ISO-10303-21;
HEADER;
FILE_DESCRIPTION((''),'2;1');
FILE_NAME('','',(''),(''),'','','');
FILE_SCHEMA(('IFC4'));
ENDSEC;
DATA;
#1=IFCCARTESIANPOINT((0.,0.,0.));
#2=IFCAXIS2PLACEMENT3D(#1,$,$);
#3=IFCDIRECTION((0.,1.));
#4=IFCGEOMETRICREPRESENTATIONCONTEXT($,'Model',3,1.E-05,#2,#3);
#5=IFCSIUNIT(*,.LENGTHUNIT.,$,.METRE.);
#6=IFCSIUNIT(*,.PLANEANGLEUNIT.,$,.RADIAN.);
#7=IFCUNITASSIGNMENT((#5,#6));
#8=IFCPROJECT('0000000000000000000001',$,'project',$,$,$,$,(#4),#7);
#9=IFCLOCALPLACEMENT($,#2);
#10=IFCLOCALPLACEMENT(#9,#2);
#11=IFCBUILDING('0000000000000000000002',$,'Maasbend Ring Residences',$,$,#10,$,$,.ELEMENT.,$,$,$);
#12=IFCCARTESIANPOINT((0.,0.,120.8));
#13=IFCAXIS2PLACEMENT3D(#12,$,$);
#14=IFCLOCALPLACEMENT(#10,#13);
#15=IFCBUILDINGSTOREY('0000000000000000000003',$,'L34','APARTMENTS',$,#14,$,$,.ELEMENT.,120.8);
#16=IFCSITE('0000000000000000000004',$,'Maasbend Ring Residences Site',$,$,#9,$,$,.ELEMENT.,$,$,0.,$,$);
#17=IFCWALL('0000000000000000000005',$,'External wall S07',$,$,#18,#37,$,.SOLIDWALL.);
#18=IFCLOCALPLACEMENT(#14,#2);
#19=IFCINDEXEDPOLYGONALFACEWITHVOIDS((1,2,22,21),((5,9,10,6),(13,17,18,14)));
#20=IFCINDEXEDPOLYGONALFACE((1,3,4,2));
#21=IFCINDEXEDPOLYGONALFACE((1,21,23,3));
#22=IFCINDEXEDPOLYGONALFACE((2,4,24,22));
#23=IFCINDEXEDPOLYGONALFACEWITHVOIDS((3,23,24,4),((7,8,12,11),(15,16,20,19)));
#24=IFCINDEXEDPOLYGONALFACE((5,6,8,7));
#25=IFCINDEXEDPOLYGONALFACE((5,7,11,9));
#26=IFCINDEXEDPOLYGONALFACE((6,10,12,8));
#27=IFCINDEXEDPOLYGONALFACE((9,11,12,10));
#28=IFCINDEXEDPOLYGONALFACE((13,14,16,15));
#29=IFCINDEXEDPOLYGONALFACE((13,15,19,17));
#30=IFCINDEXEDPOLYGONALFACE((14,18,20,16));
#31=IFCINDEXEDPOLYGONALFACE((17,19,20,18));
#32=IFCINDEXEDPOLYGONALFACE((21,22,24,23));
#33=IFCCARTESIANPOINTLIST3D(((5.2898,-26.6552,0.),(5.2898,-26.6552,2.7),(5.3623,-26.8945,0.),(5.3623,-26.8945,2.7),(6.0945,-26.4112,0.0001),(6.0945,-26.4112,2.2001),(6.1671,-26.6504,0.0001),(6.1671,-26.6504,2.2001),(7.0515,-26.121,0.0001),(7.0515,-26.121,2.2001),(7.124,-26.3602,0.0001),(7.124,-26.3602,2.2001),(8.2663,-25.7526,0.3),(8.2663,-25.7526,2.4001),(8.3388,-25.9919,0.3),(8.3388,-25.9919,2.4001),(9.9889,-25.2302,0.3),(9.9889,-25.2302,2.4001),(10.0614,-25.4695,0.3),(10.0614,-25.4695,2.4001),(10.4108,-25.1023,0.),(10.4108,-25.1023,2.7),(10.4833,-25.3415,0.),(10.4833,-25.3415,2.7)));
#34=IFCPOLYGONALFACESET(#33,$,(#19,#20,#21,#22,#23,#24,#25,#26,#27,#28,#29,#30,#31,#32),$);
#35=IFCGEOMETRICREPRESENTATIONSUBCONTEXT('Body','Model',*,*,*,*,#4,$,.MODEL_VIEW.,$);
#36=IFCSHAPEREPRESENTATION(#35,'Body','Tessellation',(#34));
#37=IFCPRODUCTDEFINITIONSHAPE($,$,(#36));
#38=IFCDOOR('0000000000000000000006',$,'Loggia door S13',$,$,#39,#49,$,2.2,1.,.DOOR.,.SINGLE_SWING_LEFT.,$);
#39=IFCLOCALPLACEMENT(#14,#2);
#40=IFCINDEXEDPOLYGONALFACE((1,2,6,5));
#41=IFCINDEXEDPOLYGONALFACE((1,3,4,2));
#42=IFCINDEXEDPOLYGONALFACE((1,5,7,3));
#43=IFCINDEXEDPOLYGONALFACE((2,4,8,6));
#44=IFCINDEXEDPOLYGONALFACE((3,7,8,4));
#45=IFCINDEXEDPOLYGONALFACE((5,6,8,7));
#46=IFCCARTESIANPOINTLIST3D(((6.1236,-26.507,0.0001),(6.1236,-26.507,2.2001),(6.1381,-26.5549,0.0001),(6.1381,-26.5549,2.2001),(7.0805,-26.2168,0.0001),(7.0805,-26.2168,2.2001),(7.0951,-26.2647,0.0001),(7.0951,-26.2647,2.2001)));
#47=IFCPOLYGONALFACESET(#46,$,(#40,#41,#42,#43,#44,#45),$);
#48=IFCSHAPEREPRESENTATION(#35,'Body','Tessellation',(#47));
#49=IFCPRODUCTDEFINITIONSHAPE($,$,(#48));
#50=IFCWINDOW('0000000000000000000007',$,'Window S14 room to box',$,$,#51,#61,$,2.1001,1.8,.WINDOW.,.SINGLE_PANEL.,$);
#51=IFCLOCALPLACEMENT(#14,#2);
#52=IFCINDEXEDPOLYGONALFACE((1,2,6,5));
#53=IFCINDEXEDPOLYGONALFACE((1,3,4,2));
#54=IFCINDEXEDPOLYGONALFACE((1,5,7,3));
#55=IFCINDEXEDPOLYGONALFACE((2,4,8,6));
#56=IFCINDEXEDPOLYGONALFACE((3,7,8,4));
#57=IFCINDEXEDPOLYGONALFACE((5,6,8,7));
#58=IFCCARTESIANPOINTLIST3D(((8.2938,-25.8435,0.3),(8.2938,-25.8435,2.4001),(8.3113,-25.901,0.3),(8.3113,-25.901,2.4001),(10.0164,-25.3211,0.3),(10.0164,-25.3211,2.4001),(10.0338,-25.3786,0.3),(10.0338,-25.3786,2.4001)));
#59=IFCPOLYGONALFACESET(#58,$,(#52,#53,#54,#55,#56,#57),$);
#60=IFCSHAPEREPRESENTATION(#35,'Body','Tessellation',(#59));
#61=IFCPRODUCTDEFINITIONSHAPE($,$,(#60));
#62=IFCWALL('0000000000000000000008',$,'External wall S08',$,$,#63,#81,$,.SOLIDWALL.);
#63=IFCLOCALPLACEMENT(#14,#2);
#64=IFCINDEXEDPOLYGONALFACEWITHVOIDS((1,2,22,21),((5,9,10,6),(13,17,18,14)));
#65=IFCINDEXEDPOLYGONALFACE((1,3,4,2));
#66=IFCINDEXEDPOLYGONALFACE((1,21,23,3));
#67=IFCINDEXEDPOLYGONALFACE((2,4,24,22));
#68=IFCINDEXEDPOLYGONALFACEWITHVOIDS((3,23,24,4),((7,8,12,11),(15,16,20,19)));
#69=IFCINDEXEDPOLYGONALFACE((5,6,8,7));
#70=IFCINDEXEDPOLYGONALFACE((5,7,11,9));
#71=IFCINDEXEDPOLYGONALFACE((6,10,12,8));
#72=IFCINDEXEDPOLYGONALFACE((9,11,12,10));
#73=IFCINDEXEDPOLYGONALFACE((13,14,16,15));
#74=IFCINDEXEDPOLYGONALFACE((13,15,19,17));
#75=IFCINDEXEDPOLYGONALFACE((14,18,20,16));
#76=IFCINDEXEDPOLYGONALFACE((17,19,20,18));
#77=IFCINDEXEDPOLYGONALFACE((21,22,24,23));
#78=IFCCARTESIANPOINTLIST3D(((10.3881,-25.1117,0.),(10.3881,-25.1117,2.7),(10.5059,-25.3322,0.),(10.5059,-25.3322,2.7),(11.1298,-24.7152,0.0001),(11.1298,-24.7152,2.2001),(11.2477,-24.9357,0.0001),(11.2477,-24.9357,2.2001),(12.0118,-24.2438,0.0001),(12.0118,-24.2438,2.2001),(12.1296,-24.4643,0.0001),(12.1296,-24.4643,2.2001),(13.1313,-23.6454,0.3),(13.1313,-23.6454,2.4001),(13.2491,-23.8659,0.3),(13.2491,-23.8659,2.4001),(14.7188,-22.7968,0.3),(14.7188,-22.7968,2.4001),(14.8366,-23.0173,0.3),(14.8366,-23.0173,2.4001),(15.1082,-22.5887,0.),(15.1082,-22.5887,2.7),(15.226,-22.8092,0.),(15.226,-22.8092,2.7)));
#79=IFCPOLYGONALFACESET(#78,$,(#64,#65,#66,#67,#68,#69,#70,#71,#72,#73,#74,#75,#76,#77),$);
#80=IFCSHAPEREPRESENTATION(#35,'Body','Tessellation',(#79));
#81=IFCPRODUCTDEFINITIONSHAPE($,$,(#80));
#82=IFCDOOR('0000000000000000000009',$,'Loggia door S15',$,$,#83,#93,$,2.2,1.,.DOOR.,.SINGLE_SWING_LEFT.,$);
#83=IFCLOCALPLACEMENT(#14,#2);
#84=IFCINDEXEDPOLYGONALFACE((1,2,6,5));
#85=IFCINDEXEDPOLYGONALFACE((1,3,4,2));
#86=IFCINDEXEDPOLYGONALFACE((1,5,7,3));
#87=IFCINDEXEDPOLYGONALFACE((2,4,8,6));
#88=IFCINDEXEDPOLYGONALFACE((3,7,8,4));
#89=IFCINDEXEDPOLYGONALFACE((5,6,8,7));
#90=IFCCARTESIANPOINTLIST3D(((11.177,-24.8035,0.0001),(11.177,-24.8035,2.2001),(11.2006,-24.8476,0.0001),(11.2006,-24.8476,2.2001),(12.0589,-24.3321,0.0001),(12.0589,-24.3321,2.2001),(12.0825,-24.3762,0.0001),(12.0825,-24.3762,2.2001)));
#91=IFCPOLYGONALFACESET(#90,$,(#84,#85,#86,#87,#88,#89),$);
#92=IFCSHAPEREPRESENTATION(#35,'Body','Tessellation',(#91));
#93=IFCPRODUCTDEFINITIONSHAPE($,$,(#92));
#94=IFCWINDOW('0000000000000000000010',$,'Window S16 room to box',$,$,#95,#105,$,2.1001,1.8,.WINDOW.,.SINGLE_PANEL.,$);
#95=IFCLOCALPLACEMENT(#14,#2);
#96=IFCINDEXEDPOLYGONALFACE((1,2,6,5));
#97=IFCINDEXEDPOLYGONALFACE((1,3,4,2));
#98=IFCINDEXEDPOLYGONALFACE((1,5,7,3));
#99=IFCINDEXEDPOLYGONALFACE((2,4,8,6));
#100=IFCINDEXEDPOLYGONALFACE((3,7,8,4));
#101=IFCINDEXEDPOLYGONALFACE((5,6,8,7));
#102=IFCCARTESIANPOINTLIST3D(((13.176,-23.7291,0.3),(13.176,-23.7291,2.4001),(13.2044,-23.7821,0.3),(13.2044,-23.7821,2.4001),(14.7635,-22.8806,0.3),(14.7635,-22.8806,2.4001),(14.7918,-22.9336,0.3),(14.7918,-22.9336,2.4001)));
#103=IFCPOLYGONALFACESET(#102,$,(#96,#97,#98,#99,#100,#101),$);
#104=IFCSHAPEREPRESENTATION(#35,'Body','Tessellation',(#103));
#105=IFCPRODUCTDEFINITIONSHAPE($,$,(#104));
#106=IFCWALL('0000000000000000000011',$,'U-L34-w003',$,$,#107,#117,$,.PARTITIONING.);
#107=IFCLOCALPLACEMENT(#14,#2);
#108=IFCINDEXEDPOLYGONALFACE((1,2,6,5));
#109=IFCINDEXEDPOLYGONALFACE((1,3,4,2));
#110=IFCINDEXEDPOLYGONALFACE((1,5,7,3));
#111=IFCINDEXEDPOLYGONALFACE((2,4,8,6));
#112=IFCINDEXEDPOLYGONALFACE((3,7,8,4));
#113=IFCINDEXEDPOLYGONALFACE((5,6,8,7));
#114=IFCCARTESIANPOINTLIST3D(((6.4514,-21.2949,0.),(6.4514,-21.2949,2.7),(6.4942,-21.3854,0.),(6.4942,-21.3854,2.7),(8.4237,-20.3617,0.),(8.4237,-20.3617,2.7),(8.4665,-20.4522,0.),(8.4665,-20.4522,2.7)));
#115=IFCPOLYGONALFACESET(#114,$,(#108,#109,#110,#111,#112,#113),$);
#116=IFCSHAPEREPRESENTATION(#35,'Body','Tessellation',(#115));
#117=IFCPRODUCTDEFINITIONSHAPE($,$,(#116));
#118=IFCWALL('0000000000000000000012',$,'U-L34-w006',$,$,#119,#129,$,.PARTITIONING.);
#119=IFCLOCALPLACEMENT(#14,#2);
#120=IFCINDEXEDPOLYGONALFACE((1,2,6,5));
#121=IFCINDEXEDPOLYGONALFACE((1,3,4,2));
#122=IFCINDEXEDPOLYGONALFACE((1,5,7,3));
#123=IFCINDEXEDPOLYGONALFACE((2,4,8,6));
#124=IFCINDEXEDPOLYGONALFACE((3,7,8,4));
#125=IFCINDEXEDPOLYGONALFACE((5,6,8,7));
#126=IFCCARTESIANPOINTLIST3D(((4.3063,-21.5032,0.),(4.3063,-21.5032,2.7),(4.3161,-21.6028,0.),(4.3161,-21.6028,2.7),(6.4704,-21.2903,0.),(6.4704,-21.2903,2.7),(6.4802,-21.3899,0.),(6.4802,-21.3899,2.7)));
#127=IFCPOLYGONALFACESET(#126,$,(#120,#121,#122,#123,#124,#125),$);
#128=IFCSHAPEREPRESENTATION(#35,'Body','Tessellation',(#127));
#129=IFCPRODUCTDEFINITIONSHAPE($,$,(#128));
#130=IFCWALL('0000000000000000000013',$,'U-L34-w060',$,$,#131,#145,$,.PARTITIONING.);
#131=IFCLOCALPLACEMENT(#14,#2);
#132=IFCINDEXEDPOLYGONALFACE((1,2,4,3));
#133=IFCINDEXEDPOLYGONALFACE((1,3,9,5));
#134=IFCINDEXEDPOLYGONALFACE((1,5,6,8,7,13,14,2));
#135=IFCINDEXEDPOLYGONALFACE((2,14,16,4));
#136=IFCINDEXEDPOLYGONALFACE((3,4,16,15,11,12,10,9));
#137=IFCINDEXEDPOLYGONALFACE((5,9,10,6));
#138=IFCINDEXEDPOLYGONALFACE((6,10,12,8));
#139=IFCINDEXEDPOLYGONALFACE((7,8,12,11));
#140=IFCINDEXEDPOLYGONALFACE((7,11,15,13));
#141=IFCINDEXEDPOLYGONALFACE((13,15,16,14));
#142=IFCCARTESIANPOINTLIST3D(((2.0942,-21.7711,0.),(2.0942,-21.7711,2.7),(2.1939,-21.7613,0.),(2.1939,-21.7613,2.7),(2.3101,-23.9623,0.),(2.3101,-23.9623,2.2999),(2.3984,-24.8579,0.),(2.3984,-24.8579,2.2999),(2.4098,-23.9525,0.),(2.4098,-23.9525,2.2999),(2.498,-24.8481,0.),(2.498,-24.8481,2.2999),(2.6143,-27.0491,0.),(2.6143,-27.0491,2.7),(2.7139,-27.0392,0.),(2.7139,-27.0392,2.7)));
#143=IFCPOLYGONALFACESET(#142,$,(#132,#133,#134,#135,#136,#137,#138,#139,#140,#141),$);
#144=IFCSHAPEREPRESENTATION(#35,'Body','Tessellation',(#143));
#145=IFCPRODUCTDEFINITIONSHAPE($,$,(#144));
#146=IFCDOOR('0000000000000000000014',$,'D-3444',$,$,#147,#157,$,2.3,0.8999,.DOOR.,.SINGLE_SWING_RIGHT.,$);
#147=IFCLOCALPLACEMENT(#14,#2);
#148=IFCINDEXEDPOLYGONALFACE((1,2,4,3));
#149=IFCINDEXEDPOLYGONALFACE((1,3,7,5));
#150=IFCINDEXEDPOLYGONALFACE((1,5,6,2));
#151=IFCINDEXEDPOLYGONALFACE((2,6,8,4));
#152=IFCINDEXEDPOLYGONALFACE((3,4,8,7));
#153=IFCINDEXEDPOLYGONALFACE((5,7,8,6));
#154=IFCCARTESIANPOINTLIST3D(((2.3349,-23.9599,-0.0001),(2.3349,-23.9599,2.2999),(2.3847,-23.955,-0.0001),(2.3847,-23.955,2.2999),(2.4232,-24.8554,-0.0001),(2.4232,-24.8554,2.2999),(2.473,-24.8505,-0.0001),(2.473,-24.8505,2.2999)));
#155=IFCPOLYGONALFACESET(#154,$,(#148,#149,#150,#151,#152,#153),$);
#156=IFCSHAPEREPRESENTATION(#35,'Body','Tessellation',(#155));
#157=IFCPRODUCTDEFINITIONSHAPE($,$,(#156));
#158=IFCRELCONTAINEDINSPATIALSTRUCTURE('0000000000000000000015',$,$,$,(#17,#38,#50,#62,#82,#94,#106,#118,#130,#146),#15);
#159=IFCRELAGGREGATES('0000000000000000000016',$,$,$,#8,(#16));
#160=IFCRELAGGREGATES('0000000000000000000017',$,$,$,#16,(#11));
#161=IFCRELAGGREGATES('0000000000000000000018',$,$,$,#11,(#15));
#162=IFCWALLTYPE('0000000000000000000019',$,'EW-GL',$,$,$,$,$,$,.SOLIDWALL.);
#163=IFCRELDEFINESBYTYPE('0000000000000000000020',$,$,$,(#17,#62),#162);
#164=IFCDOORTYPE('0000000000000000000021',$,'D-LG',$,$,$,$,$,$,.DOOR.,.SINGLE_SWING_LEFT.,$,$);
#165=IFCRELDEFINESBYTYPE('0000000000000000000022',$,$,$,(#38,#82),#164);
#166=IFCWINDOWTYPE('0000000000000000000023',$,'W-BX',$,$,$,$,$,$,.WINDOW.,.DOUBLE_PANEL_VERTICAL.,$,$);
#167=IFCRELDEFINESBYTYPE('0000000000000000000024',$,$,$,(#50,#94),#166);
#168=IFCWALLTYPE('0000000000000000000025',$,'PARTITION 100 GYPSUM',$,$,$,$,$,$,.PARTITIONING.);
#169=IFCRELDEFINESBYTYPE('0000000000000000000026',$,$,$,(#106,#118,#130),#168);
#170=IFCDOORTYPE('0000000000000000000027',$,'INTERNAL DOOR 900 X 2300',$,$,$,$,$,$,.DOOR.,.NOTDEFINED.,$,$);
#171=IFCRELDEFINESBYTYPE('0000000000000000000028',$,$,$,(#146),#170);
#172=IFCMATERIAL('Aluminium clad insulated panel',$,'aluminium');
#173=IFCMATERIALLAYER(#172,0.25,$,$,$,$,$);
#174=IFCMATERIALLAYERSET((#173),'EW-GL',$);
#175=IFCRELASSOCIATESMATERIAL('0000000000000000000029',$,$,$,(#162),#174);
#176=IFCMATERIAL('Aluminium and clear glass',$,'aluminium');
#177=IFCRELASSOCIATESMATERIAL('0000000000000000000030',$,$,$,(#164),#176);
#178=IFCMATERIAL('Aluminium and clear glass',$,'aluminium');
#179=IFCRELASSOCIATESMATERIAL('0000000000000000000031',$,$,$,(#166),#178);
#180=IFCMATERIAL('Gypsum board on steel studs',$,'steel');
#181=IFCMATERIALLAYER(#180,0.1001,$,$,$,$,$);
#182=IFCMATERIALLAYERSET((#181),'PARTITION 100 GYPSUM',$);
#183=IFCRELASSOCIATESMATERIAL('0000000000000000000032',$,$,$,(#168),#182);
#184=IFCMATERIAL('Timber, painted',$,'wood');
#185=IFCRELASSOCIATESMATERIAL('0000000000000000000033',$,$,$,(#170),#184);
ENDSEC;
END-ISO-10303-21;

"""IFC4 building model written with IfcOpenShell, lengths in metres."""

from ifc_helpers import new_model, si_unit, direction, frame, frame_2d, origin, place, context, subcontext, project, spatial, rectangle, extrude, material, layer, layer_set, type_object, element, fill, save


model = new_model("IFC4")

# Units and contexts
model_context = context("Model", 3, precision=1e-05, world=origin(), true_north=direction((0.0, 1.0)))
body_context = subcontext(model_context, "Body", "Model", "MODEL_VIEW")
ifc_project = project(units=[si_unit("LENGTHUNIT", "METRE"), si_unit("PLANEANGLEUNIT", "RADIAN")], contexts=[model_context])

# Site, building, storey
site_placement = place(None, origin())
site = spatial("IfcSite", under=ifc_project, at=site_placement, Name="Maasbend Ring Residences Site", CompositionType="ELEMENT", RefElevation=0.0)
building_placement = place(site_placement, origin())
building = spatial("IfcBuilding", under=site, at=building_placement, Name="Maasbend Ring Residences", CompositionType="ELEMENT")
storey_placement = place(building_placement, frame((0.0, 0.0, 120.8)))
storey = spatial("IfcBuildingStorey", under=building, at=storey_placement, Name="L34", Description="APARTMENTS", CompositionType="ELEMENT", Elevation=120.8)

# Walls, openings, doors, windows
ifc_material_1 = material(Name="Aluminium clad insulated panel", Category="aluminium")
ifc_layer_1 = layer(ifc_material_1, 0.25)
ifc_layer_set_1 = layer_set([ifc_layer_1], Name="EW-GL")
wall_type_1 = type_object("IfcWallType", Name="EW-GL", PredefinedType="SOLIDWALL", material=ifc_layer_set_1)
wall_1_placement = place(storey_placement, frame((5.3259, -26.7749, 0.0), z_axis=(0.0, 0.0, 1.0), x_axis=(0.956966, 0.290201, 0.0)))
wall_1 = element("IfcWall", 1, at=wall_1_placement, inside=storey, type_object=wall_type_1, Name="External wall S07", PredefinedType="SOLIDWALL", context=body_context, shape_type="SweptSolid", body=[
    extrude(rectangle(XDim=5.3513, YDim=0.25, at=frame_2d((2.6758, 0.0))), origin(), (0.0, 0.0, 1.0), 2.7),
])
opening_1_placement = place(wall_1_placement, frame((0.8411, 0.0, 0.0)))
opening_1 = element("IfcOpeningElement", 2, at=opening_1_placement, cuts=wall_1, PredefinedType="OPENING", context=body_context, shape_type="SweptSolid", body=[
    extrude(rectangle(XDim=1.0, YDim=2.2, at=frame_2d((0.5, 1.1001))), frame((0.0, 0.135, 0.0), z_axis=(0.0, -1.0, 0.0), x_axis=(1.0, 0.0, 0.0)), (0.0, 0.0, 1.0), 0.27),
])
opening_2_placement = place(wall_1_placement, frame((3.1106, 0.0, 0.3)))
opening_2 = element("IfcOpeningElement", 3, at=opening_2_placement, cuts=wall_1, PredefinedType="OPENING", context=body_context, shape_type="SweptSolid", body=[
    extrude(rectangle(XDim=1.8, YDim=2.1001, at=frame_2d((0.8999, 1.05))), frame((0.0, 0.135, 0.0), z_axis=(0.0, -1.0, 0.0), x_axis=(1.0, 0.0, 0.0)), (0.0, 0.0, 1.0), 0.27),
])
ifc_material_2 = material(Name="Aluminium and clear glass", Category="aluminium")
door_type_1 = type_object("IfcDoorType", Name="D-LG", OperationType="SINGLE_SWING_LEFT", PredefinedType="DOOR", material=ifc_material_2)
door_1_placement = place(opening_1_placement, origin())
door_1 = element("IfcDoor", 4, at=door_1_placement, inside=storey, type_object=door_type_1, Name="Loggia door S13", OperationType="SINGLE_SWING_LEFT", OverallHeight=2.2, OverallWidth=1.0, PredefinedType="DOOR", context=body_context, shape_type="SweptSolid", body=[
    extrude(rectangle(XDim=1.0, YDim=2.2, at=frame_2d((0.5, 1.1001))), frame((0.0, 0.0249, 0.0), z_axis=(0.0, -1.0, 0.0), x_axis=(1.0, 0.0, 0.0)), (0.0, 0.0, 1.0), 0.05),
])
fill(opening_1, door_1)
ifc_material_3 = material(Name="Aluminium and clear glass", Category="aluminium")
window_type_1 = type_object("IfcWindowType", Name="W-BX", PartitioningType="DOUBLE_PANEL_VERTICAL", PredefinedType="WINDOW", material=ifc_material_3)
window_1_placement = place(opening_2_placement, origin())
window_1 = element("IfcWindow", 5, at=window_1_placement, inside=storey, type_object=window_type_1, Name="Window S14 room to box", OverallHeight=2.1001, OverallWidth=1.8, PartitioningType="SINGLE_PANEL", PredefinedType="WINDOW", context=body_context, shape_type="SweptSolid", body=[
    extrude(rectangle(XDim=1.8, YDim=2.1001, at=frame_2d((0.8999, 1.05))), frame((0.0, 0.03, 0.0), z_axis=(0.0, -1.0, 0.0), x_axis=(1.0, 0.0, 0.0)), (0.0, 0.0, 1.0), 0.0601),
])
fill(opening_2, window_1)
wall_2_placement = place(storey_placement, frame((10.447, -25.2219, 0.0), z_axis=(0.0, 0.0, 1.0), x_axis=(0.881916, 0.471407, 0.0)))
wall_2 = element("IfcWall", 6, at=wall_2_placement, inside=storey, type_object=wall_type_1, Name="External wall S08", PredefinedType="SOLIDWALL", context=body_context, shape_type="SweptSolid", body=[
    extrude(rectangle(XDim=5.3521, YDim=0.25, at=frame_2d((2.676, 0.0))), origin(), (0.0, 0.0, 1.0), 2.7),
])
opening_3_placement = place(wall_2_placement, frame((0.8411, 0.0, 0.0)))
opening_3 = element("IfcOpeningElement", 7, at=opening_3_placement, cuts=wall_2, PredefinedType="OPENING", context=body_context, shape_type="SweptSolid", body=[
    extrude(rectangle(XDim=1.0, YDim=2.2, at=frame_2d((0.5, 1.1001))), frame((0.0, 0.135, 0.0), z_axis=(0.0, -1.0, 0.0), x_axis=(1.0, 0.0, 0.0)), (0.0, 0.0, 1.0), 0.27),
])
opening_4_placement = place(wall_2_placement, frame((3.1106, 0.0, 0.3)))
opening_4 = element("IfcOpeningElement", 8, at=opening_4_placement, cuts=wall_2, PredefinedType="OPENING", context=body_context, shape_type="SweptSolid", body=[
    extrude(rectangle(XDim=1.8, YDim=2.1001, at=frame_2d((0.8999, 1.05))), frame((0.0, 0.135, 0.0), z_axis=(0.0, -1.0, 0.0), x_axis=(1.0, 0.0, 0.0)), (0.0, 0.0, 1.0), 0.27),
])
door_2_placement = place(opening_3_placement, origin())
door_2 = element("IfcDoor", 9, at=door_2_placement, inside=storey, type_object=door_type_1, Name="Loggia door S15", OperationType="SINGLE_SWING_LEFT", OverallHeight=2.2, OverallWidth=1.0, PredefinedType="DOOR", context=body_context, shape_type="SweptSolid", body=[
    extrude(rectangle(XDim=1.0, YDim=2.2, at=frame_2d((0.5, 1.1001))), frame((0.0, 0.0249, 0.0), z_axis=(0.0, -1.0, 0.0), x_axis=(1.0, 0.0, 0.0)), (0.0, 0.0, 1.0), 0.05),
])
fill(opening_3, door_2)
window_2_placement = place(opening_4_placement, origin())
window_2 = element("IfcWindow", 10, at=window_2_placement, inside=storey, type_object=window_type_1, Name="Window S16 room to box", OverallHeight=2.1001, OverallWidth=1.8, PartitioningType="SINGLE_PANEL", PredefinedType="WINDOW", context=body_context, shape_type="SweptSolid", body=[
    extrude(rectangle(XDim=1.8, YDim=2.1001, at=frame_2d((0.8999, 1.05))), frame((0.0, 0.03, 0.0), z_axis=(0.0, -1.0, 0.0), x_axis=(1.0, 0.0, 0.0)), (0.0, 0.0, 1.0), 0.0601),
])
fill(opening_4, window_2)

# Walls
ifc_material_4 = material(Name="Gypsum board on steel studs", Category="steel")
ifc_layer_2 = layer(ifc_material_4, 0.1001)
ifc_layer_set_2 = layer_set([ifc_layer_2], Name="PARTITION 100 GYPSUM")
wall_type_2 = type_object("IfcWallType", Name="PARTITION 100 GYPSUM", PredefinedType="PARTITIONING", material=ifc_layer_set_2)
wall_3_placement = place(storey_placement, frame((6.4729, -21.3401, 0.0), z_axis=(0.0, 0.0, 1.0), x_axis=(0.903929, 0.427682, 0.0)))
element("IfcWall", 11, at=wall_3_placement, inside=storey, type_object=wall_type_2, Name="U-L34-w003", PredefinedType="PARTITIONING", context=body_context, shape_type="SweptSolid", body=[
    extrude(rectangle(XDim=2.1819, YDim=0.1001, at=frame_2d((1.0908, 0.0))), origin(), (0.0, 0.0, 1.0), 2.7),
])
wall_4_placement = place(storey_placement, frame((4.311, -21.553, 0.0), z_axis=(0.0, 0.0, 1.0), x_axis=(0.995196, 0.097903, 0.0)))
element("IfcWall", 12, at=wall_4_placement, inside=storey, type_object=wall_type_2, Name="U-L34-w006", PredefinedType="PARTITIONING", context=body_context, shape_type="SweptSolid", body=[
    extrude(rectangle(XDim=2.1746, YDim=0.1001, at=frame_2d((1.0874, 0.0))), origin(), (0.0, 0.0, 1.0), 2.7),
])

# Wall, opening, door
wall_5_placement = place(storey_placement, frame((2.144, -21.7661, 0.0), z_axis=(0.0, 0.0, 1.0), x_axis=(0.098054, -0.995181, 0.0)))
wall_5 = element("IfcWall", 13, at=wall_5_placement, inside=storey, type_object=wall_type_2, Name="U-L34-w060", PredefinedType="PARTITIONING", context=body_context, shape_type="SweptSolid", body=[
    extrude(rectangle(XDim=5.3035, YDim=0.1001, at=frame_2d((2.6519, 0.0))), origin(), (0.0, 0.0, 1.0), 2.7),
])
opening_5_placement = place(wall_5_placement, frame((2.2019, 0.0, 0.0)))
opening_5 = element("IfcOpeningElement", 14, at=opening_5_placement, cuts=wall_5, PredefinedType="OPENING", context=body_context, shape_type="SweptSolid", body=[
    extrude(rectangle(XDim=0.8999, YDim=2.3, at=frame_2d((0.45, 1.1499))), frame((0.0, 0.0601, 0.0), z_axis=(0.0, -1.0, 0.0), x_axis=(1.0, 0.0, 0.0)), (0.0, 0.0, 1.0), 0.1201),
])
ifc_material_5 = material(Name="Timber, painted", Category="wood")
door_type_2 = type_object("IfcDoorType", Name="INTERNAL DOOR 900 X 2300", OperationType="NOTDEFINED", PredefinedType="DOOR", material=ifc_material_5)
door_3_placement = place(opening_5_placement, origin())
door_3 = element("IfcDoor", 15, at=door_3_placement, inside=storey, type_object=door_type_2, Name="D-3444", OperationType="SINGLE_SWING_RIGHT", OverallHeight=2.3, OverallWidth=0.8999, PredefinedType="DOOR", context=body_context, shape_type="SweptSolid", body=[
    extrude(rectangle(XDim=0.8999, YDim=2.3, at=frame_2d((0.45, 1.1499))), frame((0.0, 0.0249, 0.0), z_axis=(0.0, -1.0, 0.0), x_axis=(1.0, 0.0, 0.0)), (0.0, 0.0, 1.0), 0.05),
])
fill(opening_5, door_3)

save(model, "model.ifc")
